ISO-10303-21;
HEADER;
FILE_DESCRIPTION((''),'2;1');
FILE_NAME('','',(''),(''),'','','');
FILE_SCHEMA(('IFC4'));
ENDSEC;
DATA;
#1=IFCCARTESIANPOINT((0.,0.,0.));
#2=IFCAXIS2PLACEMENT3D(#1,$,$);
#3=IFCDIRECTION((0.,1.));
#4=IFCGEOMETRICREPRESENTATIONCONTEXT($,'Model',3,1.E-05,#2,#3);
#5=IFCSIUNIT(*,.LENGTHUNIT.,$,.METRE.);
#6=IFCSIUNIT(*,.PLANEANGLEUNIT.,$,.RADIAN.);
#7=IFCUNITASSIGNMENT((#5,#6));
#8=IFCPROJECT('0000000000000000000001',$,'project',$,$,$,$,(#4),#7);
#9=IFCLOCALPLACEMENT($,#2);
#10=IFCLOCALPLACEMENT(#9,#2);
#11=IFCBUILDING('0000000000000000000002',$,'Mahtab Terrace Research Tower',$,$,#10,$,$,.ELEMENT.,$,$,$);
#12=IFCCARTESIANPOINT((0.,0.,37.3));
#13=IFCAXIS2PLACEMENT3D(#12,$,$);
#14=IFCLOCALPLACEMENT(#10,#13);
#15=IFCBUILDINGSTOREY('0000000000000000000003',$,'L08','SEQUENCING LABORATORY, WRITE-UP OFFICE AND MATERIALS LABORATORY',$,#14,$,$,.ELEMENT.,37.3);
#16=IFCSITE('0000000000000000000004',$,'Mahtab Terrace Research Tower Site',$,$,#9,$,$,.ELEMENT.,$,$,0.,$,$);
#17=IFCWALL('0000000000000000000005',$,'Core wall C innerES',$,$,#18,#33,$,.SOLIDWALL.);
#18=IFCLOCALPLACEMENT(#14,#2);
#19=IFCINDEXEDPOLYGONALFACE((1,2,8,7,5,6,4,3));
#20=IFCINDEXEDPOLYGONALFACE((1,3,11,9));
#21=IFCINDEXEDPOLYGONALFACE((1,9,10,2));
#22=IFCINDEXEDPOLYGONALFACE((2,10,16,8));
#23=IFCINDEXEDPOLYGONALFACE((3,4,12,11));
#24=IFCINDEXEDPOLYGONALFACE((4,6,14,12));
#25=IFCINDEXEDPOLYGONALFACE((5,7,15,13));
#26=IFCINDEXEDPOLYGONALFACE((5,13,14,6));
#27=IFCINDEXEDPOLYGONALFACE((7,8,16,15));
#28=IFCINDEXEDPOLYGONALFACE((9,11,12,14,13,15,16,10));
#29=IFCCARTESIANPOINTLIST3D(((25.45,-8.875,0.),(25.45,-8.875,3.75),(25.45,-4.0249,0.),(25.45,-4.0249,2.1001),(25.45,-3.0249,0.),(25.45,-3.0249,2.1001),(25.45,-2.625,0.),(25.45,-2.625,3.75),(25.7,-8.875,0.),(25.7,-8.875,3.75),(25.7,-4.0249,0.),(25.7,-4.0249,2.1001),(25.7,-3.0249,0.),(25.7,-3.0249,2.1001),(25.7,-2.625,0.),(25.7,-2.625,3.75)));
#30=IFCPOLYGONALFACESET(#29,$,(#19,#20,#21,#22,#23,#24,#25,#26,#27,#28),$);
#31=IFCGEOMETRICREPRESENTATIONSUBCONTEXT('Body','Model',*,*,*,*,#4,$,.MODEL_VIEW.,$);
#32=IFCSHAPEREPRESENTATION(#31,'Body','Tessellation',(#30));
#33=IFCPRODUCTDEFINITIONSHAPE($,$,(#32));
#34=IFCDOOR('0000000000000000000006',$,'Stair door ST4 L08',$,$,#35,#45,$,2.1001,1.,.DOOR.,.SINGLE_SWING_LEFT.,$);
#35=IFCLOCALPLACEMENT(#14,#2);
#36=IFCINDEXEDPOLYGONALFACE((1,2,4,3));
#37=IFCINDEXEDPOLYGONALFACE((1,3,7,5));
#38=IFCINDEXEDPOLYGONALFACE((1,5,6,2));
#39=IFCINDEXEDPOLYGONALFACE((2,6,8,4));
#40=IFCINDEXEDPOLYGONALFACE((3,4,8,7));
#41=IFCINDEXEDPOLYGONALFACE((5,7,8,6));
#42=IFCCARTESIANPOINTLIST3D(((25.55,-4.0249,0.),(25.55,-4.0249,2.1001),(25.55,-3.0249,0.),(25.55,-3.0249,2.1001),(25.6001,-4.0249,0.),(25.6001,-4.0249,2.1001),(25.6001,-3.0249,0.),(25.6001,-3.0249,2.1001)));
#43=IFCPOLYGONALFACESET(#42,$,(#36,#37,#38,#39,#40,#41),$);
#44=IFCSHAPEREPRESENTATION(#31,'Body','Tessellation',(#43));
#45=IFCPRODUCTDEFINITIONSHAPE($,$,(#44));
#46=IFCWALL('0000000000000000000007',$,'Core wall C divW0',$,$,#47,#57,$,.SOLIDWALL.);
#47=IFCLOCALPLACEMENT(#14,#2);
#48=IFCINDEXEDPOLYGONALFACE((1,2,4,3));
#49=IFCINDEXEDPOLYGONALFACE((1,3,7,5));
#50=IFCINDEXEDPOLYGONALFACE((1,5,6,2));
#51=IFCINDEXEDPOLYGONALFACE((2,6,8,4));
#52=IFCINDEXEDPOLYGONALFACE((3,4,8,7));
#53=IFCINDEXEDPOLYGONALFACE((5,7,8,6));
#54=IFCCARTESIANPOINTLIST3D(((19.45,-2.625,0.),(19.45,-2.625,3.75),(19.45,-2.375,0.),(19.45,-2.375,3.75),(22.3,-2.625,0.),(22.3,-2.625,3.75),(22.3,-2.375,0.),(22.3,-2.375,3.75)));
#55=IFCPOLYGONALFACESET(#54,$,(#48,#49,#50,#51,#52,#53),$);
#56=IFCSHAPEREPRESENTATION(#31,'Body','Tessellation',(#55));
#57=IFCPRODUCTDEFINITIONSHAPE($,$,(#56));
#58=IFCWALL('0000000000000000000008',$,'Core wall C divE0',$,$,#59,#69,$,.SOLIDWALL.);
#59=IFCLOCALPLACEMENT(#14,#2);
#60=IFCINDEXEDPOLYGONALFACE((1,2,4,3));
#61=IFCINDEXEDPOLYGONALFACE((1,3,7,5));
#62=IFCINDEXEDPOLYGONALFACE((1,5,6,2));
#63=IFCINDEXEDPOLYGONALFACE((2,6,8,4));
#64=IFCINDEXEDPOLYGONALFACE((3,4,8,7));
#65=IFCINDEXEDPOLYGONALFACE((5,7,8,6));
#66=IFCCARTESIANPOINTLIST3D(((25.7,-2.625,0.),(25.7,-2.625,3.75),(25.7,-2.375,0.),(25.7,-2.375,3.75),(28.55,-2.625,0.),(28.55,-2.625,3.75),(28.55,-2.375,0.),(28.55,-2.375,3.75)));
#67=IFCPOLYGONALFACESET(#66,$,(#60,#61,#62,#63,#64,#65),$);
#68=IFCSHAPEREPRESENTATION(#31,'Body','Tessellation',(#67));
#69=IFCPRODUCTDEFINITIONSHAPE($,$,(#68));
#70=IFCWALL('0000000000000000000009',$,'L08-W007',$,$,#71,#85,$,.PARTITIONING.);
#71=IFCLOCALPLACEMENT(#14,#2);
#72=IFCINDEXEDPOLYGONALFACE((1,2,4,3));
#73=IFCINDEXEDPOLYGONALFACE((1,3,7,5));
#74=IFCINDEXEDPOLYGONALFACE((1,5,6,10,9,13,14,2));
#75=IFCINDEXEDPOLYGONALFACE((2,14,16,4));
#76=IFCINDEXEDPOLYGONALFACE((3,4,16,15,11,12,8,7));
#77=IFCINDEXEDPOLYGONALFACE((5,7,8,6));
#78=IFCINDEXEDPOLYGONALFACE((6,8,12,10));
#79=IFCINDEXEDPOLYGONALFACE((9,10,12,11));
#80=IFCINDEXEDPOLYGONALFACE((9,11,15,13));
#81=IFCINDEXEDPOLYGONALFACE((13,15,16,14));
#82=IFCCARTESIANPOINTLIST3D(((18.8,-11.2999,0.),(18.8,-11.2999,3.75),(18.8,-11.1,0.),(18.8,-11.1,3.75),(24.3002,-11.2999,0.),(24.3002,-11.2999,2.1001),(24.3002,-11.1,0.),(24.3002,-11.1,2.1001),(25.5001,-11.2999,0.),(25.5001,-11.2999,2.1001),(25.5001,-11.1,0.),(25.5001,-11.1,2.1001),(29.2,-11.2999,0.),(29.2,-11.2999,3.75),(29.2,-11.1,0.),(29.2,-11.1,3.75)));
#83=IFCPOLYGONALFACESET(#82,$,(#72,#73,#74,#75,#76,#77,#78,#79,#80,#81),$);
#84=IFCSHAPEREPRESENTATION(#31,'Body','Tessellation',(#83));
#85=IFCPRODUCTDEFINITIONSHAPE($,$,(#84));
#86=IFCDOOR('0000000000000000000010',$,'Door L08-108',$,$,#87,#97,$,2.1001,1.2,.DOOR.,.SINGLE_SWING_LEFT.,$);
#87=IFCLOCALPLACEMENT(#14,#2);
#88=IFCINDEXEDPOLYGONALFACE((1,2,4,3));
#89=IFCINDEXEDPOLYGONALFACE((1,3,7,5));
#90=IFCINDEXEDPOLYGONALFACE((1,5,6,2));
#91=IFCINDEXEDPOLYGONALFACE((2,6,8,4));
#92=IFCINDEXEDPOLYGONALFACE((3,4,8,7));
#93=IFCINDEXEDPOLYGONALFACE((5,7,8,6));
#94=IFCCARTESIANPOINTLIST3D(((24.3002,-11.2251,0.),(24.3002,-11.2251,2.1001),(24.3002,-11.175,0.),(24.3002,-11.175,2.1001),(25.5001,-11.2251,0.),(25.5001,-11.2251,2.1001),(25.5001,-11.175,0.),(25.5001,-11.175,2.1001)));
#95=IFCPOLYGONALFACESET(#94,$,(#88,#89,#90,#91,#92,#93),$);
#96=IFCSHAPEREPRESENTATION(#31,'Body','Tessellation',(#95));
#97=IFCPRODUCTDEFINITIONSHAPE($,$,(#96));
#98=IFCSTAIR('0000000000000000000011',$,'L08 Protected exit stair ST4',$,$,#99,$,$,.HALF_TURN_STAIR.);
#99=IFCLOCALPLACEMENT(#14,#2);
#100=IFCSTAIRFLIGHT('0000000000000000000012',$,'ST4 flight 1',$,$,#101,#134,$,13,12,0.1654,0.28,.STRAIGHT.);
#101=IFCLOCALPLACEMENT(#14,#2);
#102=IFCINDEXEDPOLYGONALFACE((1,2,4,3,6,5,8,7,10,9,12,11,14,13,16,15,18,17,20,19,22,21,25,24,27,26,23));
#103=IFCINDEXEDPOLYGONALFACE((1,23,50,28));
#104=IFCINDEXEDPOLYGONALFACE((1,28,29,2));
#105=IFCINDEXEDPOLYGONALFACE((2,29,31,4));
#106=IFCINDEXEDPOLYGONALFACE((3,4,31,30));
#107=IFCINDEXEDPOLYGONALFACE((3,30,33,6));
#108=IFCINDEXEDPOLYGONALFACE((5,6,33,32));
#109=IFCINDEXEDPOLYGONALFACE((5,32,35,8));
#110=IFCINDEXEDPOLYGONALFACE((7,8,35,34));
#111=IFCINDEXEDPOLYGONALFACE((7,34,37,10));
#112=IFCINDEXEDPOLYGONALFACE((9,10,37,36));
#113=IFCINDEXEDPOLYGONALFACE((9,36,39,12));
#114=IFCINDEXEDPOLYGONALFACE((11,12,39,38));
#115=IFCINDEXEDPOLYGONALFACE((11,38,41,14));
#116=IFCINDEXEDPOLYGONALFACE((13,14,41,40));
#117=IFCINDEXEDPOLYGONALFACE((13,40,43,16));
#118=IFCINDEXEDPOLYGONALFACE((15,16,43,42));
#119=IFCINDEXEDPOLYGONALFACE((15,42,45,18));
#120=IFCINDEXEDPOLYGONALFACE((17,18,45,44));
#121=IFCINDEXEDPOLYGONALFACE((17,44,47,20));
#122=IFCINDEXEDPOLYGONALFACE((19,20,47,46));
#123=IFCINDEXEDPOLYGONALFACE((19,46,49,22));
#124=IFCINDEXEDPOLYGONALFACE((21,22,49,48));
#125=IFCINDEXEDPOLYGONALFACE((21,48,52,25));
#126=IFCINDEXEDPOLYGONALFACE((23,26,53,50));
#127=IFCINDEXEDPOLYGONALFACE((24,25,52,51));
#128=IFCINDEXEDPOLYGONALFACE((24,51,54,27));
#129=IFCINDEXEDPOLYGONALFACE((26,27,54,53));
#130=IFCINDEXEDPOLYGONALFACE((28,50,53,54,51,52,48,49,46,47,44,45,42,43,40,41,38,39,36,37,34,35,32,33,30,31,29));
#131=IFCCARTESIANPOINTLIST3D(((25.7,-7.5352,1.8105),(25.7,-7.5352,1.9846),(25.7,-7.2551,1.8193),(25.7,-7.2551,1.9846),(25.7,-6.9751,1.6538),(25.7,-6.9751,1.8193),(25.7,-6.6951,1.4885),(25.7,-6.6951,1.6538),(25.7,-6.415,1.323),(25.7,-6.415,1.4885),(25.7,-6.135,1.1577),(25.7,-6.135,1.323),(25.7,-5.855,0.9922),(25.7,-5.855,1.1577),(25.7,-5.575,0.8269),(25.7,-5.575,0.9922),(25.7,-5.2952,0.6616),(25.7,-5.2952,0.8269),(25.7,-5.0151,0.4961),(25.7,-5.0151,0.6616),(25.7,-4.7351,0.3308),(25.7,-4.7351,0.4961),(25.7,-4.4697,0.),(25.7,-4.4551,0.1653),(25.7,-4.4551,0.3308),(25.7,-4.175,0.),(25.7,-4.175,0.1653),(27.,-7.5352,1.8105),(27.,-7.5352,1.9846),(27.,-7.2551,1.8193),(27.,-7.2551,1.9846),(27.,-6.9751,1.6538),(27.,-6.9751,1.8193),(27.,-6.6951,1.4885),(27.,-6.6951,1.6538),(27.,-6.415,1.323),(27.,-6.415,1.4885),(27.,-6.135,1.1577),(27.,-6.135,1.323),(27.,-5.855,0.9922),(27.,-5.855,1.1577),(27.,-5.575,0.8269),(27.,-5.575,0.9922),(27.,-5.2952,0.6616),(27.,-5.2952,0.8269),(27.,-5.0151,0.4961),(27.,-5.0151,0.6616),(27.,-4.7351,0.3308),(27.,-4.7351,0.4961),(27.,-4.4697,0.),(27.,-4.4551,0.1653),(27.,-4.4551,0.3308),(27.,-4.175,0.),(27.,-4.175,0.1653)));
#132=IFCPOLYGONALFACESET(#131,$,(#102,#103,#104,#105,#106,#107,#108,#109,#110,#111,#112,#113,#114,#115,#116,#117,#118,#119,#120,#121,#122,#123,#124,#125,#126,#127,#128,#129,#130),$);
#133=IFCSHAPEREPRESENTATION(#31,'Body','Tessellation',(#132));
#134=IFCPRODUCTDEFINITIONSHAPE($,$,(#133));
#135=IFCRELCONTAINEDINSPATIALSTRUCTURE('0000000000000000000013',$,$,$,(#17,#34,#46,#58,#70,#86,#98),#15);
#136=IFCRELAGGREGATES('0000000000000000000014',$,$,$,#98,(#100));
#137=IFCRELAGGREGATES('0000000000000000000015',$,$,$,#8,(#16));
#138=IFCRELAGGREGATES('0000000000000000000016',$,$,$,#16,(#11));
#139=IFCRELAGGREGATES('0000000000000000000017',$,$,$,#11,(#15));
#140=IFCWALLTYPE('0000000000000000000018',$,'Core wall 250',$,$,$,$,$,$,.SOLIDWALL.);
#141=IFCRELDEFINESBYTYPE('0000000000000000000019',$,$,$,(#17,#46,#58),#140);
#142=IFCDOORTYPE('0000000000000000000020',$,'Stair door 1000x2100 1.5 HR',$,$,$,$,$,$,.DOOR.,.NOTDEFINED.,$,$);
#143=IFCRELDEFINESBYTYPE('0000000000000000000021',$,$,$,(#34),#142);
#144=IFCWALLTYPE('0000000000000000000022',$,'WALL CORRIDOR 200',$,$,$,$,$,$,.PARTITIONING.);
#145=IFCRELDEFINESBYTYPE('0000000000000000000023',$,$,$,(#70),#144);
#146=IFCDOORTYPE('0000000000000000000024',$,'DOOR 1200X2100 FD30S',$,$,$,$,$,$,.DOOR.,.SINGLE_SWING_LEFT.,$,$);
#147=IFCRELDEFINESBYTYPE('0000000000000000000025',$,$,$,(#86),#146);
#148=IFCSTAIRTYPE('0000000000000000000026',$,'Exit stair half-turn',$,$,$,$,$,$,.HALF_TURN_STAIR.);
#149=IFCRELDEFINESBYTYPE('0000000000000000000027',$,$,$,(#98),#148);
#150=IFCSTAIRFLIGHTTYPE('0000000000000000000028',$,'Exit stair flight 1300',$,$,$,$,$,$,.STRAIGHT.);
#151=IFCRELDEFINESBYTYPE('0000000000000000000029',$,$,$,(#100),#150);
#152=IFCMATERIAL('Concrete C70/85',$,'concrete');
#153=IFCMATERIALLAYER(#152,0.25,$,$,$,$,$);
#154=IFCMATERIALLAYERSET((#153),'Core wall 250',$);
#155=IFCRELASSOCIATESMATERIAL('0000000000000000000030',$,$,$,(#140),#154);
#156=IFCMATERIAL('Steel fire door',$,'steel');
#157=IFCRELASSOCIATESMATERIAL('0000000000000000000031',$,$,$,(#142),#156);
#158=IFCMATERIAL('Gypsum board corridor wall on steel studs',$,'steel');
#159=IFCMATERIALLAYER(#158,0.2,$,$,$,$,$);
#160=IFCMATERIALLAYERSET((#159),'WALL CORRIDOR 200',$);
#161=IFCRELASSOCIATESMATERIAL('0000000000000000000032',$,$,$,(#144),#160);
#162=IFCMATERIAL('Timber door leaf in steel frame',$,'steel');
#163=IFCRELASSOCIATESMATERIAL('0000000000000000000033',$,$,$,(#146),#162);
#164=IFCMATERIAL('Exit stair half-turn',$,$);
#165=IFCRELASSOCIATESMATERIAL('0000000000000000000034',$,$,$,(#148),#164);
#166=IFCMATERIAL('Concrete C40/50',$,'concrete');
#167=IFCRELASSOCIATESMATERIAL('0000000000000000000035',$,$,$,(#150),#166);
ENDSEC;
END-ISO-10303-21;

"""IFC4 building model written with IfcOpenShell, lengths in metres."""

from ifc_helpers import new_model, si_unit, direction, frame, frame_2d, origin, place, context, subcontext, project, spatial, polyline, rectangle, outline, extrude, material, layer, layer_set, type_object, element, fill, aggregate, save


model = new_model("IFC4")

# Units and contexts
model_context = context("Model", 3, precision=1e-05, world=origin(), true_north=direction((0.0, 1.0)))
body_context = subcontext(model_context, "Body", "Model", "MODEL_VIEW")
ifc_project = project(units=[si_unit("LENGTHUNIT", "METRE"), si_unit("PLANEANGLEUNIT", "RADIAN")], contexts=[model_context])

# Site, building, storey
site_placement = place(None, origin())
site = spatial("IfcSite", under=ifc_project, at=site_placement, Name="Mahtab Terrace Research Tower Site", CompositionType="ELEMENT", RefElevation=0.0)
building_placement = place(site_placement, origin())
building = spatial("IfcBuilding", under=site, at=building_placement, Name="Mahtab Terrace Research Tower", CompositionType="ELEMENT")
storey_placement = place(building_placement, frame((0.0, 0.0, 37.3)))
storey = spatial("IfcBuildingStorey", under=building, at=storey_placement, Name="L08", Description="SEQUENCING LABORATORY, WRITE-UP OFFICE AND MATERIALS LABORATORY", CompositionType="ELEMENT", Elevation=37.3)

# Shared definitions
ifc_material_1 = material(Name="Concrete C70/85", Category="concrete")
ifc_layer_1 = layer(ifc_material_1, 0.25)
ifc_layer_set_1 = layer_set([ifc_layer_1], Name="Core wall 250")
wall_type_1 = type_object("IfcWallType", Name="Core wall 250", PredefinedType="SOLIDWALL", material=ifc_layer_set_1)
ifc_material_2 = material(Name="Steel fire door", Category="steel")

# Wall, opening, door
wall_1_placement = place(storey_placement, frame((25.575, -8.875, 0.0), z_axis=(0.0, 0.0, 1.0), x_axis=(0.0, 1.0, 0.0)))
wall_1 = element("IfcWall", 1, at=wall_1_placement, inside=storey, type_object=wall_type_1, Name="Core wall C innerES", PredefinedType="SOLIDWALL", context=body_context, shape_type="SweptSolid", body=[
    extrude(rectangle(XDim=6.25, YDim=0.25, at=frame_2d((3.125, 0.0))), origin(), (0.0, 0.0, 1.0), 3.75),
])
opening_1_placement = place(wall_1_placement, frame((4.8501, 0.0, 0.0)))
opening_1 = element("IfcOpeningElement", 2, at=opening_1_placement, cuts=wall_1, PredefinedType="OPENING", context=body_context, shape_type="SweptSolid", body=[
    extrude(rectangle(XDim=1.0, YDim=2.1001, at=frame_2d((0.5, 1.05))), frame((0.0, 0.135, 0.0), z_axis=(0.0, -1.0, 0.0), x_axis=(1.0, 0.0, 0.0)), (0.0, 0.0, 1.0), 0.27),
])
door_type_1 = type_object("IfcDoorType", Name="Stair door 1000x2100 1.5 HR", OperationType="NOTDEFINED", PredefinedType="DOOR", material=ifc_material_2)
door_1_placement = place(opening_1_placement, origin())
door_1 = element("IfcDoor", 3, at=door_1_placement, inside=storey, type_object=door_type_1, Name="Stair door ST4 L08", OperationType="SINGLE_SWING_LEFT", OverallHeight=2.1001, OverallWidth=1.0, PredefinedType="DOOR", context=body_context, shape_type="SweptSolid", body=[
    extrude(rectangle(XDim=1.0, YDim=2.1001, at=frame_2d((0.5, 1.05))), frame((0.0, 0.0249, 0.0), z_axis=(0.0, -1.0, 0.0), x_axis=(1.0, 0.0, 0.0)), (0.0, 0.0, 1.0), 0.05),
])
fill(opening_1, door_1)

# Walls
for number, where, z_axis, x_axis, name in (
    (4, (19.45, -2.5, 0.0), (0.0, 0.0, 1.0), (1.0, 0.0, 0.0), "Core wall C divW0"),
    (5, (25.7, -2.5, 0.0), (0.0, 0.0, 1.0), (1.0, 0.0, 0.0), "Core wall C divE0"),
):
    element("IfcWall", number, at=place(storey_placement, frame(where, z_axis=z_axis, x_axis=x_axis)), inside=storey, type_object=wall_type_1, Name=name, PredefinedType="SOLIDWALL", context=body_context, shape_type="SweptSolid", body=[
        extrude(rectangle(XDim=2.8501, YDim=0.25, at=frame_2d((1.425, 0.0))), origin(), (0.0, 0.0, 1.0), 3.75),
    ])

# Wall, opening, door
ifc_material_3 = material(Name="Gypsum board corridor wall on steel studs", Category="steel")
ifc_layer_2 = layer(ifc_material_3, 0.2)
ifc_layer_set_2 = layer_set([ifc_layer_2], Name="WALL CORRIDOR 200")
wall_type_2 = type_object("IfcWallType", Name="WALL CORRIDOR 200", PredefinedType="PARTITIONING", material=ifc_layer_set_2)
wall_2_placement = place(storey_placement, frame((18.8, -11.2, 0.0), z_axis=(0.0, 0.0, 1.0), x_axis=(1.0, 0.0, 0.0)))
wall_2 = element("IfcWall", 6, at=wall_2_placement, inside=storey, type_object=wall_type_2, Name="L08-W007", PredefinedType="PARTITIONING", context=body_context, shape_type="SweptSolid", body=[
    extrude(rectangle(XDim=10.3999, YDim=0.2, at=frame_2d((5.2, 0.0))), origin(), (0.0, 0.0, 1.0), 3.75),
])
opening_2_placement = place(wall_2_placement, frame((5.5, 0.0, 0.0)))
opening_2 = element("IfcOpeningElement", 7, at=opening_2_placement, cuts=wall_2, PredefinedType="OPENING", context=body_context, shape_type="SweptSolid", body=[
    extrude(rectangle(XDim=1.2, YDim=2.1001, at=frame_2d((0.6001, 1.05))), frame((0.0, 0.1099, 0.0), z_axis=(0.0, -1.0, 0.0), x_axis=(1.0, 0.0, 0.0)), (0.0, 0.0, 1.0), 0.22),
])
ifc_material_4 = material(Name="Timber door leaf in steel frame", Category="steel")
door_type_2 = type_object("IfcDoorType", Name="DOOR 1200X2100 FD30S", OperationType="SINGLE_SWING_LEFT", PredefinedType="DOOR", material=ifc_material_4)
door_2_placement = place(opening_2_placement, origin())
door_2 = element("IfcDoor", 8, at=door_2_placement, inside=storey, type_object=door_type_2, Name="Door L08-108", OperationType="SINGLE_SWING_LEFT", OverallHeight=2.1001, OverallWidth=1.2, PredefinedType="DOOR", context=body_context, shape_type="SweptSolid", body=[
    extrude(rectangle(XDim=1.2, YDim=2.1001, at=frame_2d((0.6001, 1.05))), frame((0.0, 0.0249, 0.0), z_axis=(0.0, -1.0, 0.0), x_axis=(1.0, 0.0, 0.0)), (0.0, 0.0, 1.0), 0.05),
])
fill(opening_2, door_2)

# Stair, stair flight
ifc_material_5 = material(Name="Exit stair half-turn")
stair_type = type_object("IfcStairType", Name="Exit stair half-turn", PredefinedType="HALF_TURN_STAIR", material=ifc_material_5)
stair_placement = place(storey_placement, origin())
stair = element("IfcStair", 9, at=stair_placement, inside=storey, type_object=stair_type, Name="L08 Protected exit stair ST4", PredefinedType="HALF_TURN_STAIR")
ifc_material_6 = material(Name="Concrete C40/50", Category="concrete")
stair_flight_type = type_object("IfcStairFlightType", Name="Exit stair flight 1300", PredefinedType="STRAIGHT", material=ifc_material_6)
stair_flight_placement = place(storey_placement, frame((26.3501, -4.175, 0.0), z_axis=(0.0, 0.0, 1.0), x_axis=(0.0, -1.0, 0.0)))
stair_flight = element("IfcStairFlight", 10, at=stair_flight_placement, type_object=stair_flight_type, Name="ST4 flight 1", NumberOfRisers=13, NumberOfTreads=12, PredefinedType="STRAIGHT", RiserHeight=0.1654, TreadLength=0.28, context=body_context, shape_type="SweptSolid", body=[
    extrude(outline(polyline([(0.0, 0.0), (0.0, 0.1653), (0.28, 0.1653), (0.28, 0.3308), (0.5601, 0.3308), (0.5601, 0.4961), (0.8401, 0.4961), (0.8401, 0.6616), (1.1201, 0.6616), (1.1201, 0.8269), (1.3999, 0.8269), (1.3999, 0.9922), (1.6799, 0.9922), (1.6799, 1.1577), (1.96, 1.1577), (1.96, 1.323), (2.24, 1.323), (2.24, 1.4885), (2.52, 1.4885), (2.52, 1.6538), (2.8, 1.6538), (2.8, 1.8193), (3.0801, 1.8193), (3.0801, 1.9846), (3.3601, 1.9846), (3.3601, 2.1499), (3.3601, 1.8105), (0.2947, 0.0), (0.0, 0.0)])), frame((0.0, 0.6499, 0.0), z_axis=(0.0, -1.0, 0.0), x_axis=(1.0, 0.0, 0.0)), (0.0, 0.0, 1.0), 1.3),
])
aggregate(stair, [stair_flight])

save(model, "model.ifc")
